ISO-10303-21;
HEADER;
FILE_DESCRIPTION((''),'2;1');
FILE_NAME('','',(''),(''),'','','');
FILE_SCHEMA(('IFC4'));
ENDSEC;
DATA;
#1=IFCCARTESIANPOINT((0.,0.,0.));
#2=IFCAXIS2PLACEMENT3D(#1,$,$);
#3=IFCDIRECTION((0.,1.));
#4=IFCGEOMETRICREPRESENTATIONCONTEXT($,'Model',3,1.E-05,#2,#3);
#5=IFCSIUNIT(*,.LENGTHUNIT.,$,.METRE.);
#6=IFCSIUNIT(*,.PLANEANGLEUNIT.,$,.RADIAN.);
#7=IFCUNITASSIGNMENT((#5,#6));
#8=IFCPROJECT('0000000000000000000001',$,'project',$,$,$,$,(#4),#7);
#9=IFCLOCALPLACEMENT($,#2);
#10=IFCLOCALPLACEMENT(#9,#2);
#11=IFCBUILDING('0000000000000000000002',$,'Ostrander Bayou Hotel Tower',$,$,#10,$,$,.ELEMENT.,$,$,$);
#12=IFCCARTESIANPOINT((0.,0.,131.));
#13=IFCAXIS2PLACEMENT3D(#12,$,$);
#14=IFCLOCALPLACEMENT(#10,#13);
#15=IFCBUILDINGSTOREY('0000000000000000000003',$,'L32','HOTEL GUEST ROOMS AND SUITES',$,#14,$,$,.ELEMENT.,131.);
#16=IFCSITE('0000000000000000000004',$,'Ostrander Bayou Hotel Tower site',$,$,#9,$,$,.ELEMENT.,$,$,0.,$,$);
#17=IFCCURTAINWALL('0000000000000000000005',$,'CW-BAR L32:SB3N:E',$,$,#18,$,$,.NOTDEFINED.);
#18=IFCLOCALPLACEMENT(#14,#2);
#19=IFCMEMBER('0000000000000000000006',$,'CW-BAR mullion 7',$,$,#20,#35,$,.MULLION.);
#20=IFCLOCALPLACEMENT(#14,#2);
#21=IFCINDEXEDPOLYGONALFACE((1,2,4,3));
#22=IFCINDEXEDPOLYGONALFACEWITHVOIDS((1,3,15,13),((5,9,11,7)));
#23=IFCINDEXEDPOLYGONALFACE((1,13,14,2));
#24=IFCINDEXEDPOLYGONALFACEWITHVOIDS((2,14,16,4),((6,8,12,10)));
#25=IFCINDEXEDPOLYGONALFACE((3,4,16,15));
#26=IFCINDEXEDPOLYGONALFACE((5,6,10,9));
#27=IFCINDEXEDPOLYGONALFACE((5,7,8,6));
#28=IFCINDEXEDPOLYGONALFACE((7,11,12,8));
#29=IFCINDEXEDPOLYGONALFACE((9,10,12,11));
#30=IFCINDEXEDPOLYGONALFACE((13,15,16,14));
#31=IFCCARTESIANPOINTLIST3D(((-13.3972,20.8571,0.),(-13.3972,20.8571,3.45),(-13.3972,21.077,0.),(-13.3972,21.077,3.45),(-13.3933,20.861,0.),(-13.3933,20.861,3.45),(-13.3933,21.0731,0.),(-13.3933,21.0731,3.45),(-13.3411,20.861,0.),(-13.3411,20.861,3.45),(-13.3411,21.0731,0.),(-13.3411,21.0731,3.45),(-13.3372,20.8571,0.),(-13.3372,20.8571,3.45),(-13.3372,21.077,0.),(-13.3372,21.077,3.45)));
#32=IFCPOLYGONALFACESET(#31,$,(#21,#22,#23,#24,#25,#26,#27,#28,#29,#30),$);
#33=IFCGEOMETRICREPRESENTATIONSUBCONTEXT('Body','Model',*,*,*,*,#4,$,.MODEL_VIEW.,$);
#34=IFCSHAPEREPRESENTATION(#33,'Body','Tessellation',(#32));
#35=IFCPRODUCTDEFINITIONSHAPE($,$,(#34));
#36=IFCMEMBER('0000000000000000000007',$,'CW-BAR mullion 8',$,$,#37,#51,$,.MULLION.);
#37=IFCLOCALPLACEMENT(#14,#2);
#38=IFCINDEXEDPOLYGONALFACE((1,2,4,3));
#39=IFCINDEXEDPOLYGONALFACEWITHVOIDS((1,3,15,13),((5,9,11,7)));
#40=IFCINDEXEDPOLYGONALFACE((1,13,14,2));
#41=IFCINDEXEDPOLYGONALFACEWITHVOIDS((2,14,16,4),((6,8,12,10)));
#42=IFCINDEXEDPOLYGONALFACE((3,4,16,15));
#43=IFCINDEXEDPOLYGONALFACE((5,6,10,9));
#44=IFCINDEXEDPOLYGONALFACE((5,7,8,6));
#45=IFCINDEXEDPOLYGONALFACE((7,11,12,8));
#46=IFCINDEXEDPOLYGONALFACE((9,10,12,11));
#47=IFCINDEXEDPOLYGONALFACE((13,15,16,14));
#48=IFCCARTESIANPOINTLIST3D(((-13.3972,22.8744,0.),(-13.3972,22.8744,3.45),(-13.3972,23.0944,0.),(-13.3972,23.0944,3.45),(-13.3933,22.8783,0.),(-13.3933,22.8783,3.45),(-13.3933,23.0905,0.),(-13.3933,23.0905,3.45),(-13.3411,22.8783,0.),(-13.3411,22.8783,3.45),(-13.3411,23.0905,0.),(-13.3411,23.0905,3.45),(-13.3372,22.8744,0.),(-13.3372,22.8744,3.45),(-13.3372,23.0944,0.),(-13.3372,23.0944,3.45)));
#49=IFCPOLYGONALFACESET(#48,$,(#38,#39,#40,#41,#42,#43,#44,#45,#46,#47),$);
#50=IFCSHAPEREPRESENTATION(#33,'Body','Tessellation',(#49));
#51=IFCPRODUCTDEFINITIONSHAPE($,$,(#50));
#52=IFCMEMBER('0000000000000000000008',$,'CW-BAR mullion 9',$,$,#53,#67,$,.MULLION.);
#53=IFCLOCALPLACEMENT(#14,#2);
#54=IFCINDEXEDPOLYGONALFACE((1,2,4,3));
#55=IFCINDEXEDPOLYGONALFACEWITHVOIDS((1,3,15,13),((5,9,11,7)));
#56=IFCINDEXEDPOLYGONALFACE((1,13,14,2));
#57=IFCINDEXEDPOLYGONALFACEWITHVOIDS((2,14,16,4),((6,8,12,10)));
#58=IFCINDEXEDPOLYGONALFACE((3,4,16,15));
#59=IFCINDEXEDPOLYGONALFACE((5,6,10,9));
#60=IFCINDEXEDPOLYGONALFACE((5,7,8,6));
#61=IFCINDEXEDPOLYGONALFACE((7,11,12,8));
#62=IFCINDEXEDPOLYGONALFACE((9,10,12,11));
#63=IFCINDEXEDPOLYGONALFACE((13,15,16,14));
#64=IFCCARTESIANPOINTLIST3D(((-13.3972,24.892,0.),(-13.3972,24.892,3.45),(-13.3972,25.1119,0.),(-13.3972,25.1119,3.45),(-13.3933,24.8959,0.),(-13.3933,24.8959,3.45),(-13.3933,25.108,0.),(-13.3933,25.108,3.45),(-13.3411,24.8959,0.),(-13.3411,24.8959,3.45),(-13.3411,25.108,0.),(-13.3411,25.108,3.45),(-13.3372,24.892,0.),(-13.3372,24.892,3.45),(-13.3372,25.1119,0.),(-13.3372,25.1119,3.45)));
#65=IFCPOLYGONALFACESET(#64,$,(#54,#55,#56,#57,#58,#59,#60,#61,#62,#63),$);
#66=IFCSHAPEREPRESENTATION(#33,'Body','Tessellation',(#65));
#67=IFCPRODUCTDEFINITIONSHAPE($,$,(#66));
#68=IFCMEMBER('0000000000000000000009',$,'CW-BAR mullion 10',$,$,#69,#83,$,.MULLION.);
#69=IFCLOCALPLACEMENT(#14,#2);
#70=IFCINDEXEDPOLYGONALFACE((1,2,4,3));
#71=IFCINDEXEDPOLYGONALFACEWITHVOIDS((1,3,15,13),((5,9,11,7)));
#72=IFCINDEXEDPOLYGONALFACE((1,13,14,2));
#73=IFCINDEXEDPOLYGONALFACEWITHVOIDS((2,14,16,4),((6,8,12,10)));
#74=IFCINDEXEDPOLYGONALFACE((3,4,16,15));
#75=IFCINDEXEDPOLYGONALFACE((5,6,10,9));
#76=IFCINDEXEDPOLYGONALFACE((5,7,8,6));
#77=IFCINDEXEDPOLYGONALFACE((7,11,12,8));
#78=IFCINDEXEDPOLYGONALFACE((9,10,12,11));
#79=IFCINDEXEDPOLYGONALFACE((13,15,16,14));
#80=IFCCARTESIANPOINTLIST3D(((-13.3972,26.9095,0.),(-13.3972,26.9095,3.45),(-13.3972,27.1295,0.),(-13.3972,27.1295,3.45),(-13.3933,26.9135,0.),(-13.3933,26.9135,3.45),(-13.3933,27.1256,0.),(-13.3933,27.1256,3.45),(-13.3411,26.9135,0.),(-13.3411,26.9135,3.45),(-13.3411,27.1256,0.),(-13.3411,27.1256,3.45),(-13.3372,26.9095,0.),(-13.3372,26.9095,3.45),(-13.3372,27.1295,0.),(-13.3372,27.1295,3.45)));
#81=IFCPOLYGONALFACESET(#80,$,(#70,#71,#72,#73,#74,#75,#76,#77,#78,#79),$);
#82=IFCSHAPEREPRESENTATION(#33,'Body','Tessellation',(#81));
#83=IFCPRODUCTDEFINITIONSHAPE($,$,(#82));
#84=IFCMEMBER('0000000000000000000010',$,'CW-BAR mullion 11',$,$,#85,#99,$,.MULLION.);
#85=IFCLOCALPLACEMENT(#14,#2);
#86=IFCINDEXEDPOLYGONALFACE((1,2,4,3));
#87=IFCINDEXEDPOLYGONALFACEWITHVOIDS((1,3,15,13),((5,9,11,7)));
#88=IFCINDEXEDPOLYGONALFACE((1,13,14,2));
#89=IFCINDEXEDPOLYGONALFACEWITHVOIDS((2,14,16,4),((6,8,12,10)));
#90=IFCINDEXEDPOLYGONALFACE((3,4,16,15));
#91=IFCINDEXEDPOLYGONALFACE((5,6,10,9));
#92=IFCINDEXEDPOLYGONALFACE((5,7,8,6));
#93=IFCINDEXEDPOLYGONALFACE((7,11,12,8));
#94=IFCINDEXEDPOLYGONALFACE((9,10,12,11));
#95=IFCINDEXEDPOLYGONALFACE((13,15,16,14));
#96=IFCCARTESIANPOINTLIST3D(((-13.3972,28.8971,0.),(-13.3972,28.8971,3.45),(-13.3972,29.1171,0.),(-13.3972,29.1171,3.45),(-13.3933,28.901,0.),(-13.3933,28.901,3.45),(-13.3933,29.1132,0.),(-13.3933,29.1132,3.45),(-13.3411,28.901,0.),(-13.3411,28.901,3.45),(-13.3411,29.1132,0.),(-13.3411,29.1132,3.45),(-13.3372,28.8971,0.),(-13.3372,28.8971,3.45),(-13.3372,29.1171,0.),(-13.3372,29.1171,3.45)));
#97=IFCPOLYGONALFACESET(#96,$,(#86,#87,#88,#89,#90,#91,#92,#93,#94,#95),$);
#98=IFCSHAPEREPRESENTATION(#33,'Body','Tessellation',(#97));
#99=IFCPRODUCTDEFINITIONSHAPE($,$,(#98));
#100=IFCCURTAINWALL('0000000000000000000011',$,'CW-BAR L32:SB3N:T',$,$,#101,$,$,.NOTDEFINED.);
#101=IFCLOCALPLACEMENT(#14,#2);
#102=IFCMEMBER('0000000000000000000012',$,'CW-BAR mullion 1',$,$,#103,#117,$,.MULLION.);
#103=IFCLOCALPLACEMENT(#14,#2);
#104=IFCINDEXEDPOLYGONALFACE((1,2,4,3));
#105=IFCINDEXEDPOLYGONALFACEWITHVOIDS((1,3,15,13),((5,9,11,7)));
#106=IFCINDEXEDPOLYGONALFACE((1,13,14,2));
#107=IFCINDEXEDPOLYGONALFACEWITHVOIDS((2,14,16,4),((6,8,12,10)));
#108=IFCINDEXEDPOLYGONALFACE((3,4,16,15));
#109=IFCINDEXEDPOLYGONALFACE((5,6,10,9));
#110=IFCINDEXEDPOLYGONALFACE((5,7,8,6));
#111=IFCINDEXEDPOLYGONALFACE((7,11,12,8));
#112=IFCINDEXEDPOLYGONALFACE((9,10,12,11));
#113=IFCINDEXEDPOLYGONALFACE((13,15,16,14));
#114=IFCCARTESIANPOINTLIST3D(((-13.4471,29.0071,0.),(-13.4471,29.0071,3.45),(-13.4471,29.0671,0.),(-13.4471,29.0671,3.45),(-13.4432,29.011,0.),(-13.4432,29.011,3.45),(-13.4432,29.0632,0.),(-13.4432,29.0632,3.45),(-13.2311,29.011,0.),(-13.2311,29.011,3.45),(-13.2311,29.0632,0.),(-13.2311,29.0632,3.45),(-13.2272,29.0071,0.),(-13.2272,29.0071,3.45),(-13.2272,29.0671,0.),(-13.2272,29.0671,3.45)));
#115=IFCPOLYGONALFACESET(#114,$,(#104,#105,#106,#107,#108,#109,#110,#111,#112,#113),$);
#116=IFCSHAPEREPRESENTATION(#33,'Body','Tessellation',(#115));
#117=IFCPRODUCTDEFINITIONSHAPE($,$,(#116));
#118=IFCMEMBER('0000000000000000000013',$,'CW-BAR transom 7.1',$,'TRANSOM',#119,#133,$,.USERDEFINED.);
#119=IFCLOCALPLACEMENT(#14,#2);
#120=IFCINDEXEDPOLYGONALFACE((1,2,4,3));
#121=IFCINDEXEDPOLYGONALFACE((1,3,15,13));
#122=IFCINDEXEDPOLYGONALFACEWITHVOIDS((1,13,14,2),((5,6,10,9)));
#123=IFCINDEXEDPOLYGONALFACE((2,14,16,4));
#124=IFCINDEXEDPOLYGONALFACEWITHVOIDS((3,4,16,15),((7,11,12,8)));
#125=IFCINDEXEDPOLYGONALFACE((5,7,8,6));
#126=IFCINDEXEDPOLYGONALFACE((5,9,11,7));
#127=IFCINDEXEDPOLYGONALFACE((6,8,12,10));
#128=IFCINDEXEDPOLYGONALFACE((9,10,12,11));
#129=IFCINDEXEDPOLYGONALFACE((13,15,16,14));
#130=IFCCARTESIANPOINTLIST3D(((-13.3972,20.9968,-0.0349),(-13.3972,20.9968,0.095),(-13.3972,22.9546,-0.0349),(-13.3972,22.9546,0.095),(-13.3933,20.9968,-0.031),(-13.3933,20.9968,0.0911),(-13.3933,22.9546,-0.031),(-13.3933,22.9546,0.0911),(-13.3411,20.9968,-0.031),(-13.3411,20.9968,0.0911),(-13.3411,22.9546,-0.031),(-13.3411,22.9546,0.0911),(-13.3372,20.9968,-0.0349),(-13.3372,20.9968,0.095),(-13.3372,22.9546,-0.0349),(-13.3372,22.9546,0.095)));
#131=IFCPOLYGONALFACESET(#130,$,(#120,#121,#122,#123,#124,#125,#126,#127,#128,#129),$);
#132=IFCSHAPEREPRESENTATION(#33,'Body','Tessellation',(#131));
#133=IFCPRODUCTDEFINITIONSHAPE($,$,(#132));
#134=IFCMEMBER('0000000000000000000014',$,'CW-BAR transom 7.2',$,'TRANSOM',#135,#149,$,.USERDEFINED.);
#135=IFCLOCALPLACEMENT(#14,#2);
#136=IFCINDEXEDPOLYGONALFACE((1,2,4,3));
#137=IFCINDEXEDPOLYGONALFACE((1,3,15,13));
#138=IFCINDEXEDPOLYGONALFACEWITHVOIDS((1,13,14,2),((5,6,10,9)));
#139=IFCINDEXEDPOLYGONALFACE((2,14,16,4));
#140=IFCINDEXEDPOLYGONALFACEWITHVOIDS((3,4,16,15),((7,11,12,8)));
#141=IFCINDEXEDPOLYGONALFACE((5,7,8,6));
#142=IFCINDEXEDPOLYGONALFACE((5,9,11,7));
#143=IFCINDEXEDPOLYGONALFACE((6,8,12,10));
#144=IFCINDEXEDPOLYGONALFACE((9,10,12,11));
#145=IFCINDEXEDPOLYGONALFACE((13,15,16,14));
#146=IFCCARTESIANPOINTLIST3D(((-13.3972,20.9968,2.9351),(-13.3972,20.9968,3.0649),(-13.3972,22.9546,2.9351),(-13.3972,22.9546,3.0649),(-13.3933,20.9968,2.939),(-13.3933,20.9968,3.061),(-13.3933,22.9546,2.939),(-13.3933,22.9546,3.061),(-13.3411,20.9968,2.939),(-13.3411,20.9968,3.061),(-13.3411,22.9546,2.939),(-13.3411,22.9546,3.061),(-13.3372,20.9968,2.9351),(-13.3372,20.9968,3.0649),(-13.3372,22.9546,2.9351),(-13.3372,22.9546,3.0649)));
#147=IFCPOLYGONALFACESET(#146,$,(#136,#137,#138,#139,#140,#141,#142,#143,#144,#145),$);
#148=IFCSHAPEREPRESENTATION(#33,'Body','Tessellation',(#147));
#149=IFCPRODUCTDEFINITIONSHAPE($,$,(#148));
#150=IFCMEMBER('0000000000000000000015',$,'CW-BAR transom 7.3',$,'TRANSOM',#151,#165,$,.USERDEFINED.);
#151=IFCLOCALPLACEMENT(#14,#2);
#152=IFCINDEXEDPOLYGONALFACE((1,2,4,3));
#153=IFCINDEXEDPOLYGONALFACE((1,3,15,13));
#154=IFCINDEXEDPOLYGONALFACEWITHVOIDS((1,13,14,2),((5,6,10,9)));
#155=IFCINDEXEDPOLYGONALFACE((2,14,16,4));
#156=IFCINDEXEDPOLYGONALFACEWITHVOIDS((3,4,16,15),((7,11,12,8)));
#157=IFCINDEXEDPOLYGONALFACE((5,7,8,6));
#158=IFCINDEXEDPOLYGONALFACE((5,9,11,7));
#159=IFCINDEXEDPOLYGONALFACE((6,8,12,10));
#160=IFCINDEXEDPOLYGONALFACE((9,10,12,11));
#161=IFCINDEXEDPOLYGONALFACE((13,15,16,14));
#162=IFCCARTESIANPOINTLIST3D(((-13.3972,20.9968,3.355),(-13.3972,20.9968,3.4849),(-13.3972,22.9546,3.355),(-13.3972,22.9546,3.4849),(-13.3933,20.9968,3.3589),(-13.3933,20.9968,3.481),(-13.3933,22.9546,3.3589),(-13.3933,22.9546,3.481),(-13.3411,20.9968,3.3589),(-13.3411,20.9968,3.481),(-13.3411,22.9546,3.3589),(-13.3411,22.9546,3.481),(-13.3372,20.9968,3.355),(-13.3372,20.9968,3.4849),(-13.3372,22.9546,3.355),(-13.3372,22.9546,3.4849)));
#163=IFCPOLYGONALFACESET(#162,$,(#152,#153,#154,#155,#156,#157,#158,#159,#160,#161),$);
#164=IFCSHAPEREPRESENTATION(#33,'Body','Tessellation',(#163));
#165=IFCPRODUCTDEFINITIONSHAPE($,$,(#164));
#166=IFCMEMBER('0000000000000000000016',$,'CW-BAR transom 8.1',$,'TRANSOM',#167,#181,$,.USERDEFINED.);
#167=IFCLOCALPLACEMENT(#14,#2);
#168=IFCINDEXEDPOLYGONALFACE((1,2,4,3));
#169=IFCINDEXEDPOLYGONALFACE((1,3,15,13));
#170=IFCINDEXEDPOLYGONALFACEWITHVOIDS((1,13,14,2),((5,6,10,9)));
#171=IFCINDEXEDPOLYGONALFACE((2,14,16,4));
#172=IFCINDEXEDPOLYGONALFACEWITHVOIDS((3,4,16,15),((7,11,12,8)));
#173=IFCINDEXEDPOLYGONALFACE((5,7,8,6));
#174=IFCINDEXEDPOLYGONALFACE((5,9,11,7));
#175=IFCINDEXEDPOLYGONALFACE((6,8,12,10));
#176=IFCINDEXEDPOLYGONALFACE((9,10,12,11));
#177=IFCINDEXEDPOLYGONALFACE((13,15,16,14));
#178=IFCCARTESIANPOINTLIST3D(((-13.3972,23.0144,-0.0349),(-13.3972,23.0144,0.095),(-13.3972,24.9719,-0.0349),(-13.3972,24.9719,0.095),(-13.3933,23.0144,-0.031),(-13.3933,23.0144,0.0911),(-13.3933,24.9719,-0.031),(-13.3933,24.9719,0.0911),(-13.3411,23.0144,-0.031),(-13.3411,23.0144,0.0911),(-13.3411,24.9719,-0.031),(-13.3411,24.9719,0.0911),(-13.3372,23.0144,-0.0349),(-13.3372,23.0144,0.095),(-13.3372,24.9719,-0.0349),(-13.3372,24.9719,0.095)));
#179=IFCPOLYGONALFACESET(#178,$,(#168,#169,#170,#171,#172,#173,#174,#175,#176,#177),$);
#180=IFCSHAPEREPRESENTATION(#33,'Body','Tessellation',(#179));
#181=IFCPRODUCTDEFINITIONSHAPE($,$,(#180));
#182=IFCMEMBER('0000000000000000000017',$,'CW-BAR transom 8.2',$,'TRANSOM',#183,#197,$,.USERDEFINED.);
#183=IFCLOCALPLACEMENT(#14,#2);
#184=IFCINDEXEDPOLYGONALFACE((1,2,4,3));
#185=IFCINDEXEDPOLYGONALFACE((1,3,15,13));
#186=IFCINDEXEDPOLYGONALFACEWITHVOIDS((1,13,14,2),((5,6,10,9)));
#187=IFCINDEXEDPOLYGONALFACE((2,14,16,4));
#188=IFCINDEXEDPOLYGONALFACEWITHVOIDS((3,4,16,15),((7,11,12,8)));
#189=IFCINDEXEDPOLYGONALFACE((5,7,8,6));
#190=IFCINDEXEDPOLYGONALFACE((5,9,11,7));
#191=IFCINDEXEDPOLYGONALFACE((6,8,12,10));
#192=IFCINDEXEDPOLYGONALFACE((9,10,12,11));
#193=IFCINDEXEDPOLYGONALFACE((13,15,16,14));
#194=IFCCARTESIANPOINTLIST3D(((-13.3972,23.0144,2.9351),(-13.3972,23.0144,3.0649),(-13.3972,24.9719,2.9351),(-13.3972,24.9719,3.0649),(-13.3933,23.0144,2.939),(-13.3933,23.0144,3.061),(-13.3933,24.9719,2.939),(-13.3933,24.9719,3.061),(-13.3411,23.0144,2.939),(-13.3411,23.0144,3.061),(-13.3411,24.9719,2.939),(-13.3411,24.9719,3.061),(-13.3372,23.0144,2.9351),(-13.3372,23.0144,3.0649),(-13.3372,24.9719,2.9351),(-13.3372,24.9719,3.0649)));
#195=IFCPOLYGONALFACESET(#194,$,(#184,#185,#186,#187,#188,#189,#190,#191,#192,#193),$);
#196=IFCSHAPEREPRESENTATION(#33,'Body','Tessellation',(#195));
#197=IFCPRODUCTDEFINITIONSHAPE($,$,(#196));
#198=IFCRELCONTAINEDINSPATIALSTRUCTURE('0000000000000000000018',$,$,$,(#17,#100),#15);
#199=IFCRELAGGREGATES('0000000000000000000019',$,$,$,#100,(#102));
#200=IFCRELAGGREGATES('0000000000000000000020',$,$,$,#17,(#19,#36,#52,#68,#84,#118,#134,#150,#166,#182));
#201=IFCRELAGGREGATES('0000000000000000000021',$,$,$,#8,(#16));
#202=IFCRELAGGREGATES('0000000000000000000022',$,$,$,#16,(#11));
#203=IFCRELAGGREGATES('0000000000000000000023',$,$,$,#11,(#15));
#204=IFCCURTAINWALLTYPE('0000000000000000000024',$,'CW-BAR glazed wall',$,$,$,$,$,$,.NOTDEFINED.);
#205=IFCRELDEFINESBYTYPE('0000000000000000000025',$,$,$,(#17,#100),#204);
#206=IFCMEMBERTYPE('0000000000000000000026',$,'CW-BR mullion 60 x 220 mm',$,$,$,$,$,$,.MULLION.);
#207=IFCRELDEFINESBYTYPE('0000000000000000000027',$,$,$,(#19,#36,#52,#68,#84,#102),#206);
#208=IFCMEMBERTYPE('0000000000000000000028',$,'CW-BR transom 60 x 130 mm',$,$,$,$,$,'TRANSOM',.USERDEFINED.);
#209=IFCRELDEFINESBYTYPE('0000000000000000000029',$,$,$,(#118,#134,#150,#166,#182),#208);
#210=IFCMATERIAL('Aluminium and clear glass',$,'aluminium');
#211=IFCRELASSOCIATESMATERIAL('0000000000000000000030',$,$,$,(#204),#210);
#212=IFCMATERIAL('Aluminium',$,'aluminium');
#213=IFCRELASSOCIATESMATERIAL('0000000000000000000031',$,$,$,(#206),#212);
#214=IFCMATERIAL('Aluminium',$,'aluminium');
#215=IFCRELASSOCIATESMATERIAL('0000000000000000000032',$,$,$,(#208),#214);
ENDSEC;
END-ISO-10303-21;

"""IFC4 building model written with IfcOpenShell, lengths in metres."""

from ifc_helpers import new_model, si_unit, direction, frame, origin, origin_2d, place, context, subcontext, project, spatial, hollow_rectangle, extrude, material, material_profile, profile_set, type_object, element, aggregate, save


model = new_model("IFC4")

# Units and contexts
model_context = context("Model", 3, precision=1e-05, world=origin(), true_north=direction((0.0, 1.0)))
body_context = subcontext(model_context, "Body", "Model", "MODEL_VIEW")
ifc_project = project(units=[si_unit("LENGTHUNIT", "METRE"), si_unit("PLANEANGLEUNIT", "RADIAN")], contexts=[model_context])

# Site, building, storey
site_placement = place(None, origin())
site = spatial("IfcSite", under=ifc_project, at=site_placement, Name="Ostrander Bayou Hotel Tower site", CompositionType="ELEMENT", RefElevation=0.0)
building_placement = place(site_placement, origin())
building = spatial("IfcBuilding", under=site, at=building_placement, Name="Ostrander Bayou Hotel Tower", CompositionType="ELEMENT")
storey_placement = place(building_placement, frame((0.0, 0.0, 131.0)))
storey = spatial("IfcBuildingStorey", under=building, at=storey_placement, Name="L32", Description="HOTEL GUEST ROOMS AND SUITES", CompositionType="ELEMENT", Elevation=131.0)

# Curtain wall, members
ifc_material_1 = material(Name="Aluminium and clear glass", Category="aluminium")
curtain_wall_type = type_object("IfcCurtainWallType", Name="CW-BAR glazed wall", PredefinedType="NOTDEFINED", material=ifc_material_1)
curtain_wall_1_placement = place(storey_placement, origin())
curtain_wall_1 = element("IfcCurtainWall", 1, at=curtain_wall_1_placement, inside=storey, type_object=curtain_wall_type, Name="CW-BAR L32:SB3N:E", PredefinedType="NOTDEFINED")
ifc_material_2 = material(Name="Aluminium", Category="aluminium")
ifc_material_profile_1 = material_profile(ifc_material_2, hollow_rectangle(XDim=0.0601, YDim=0.22, WallThickness=0.0039, at=origin_2d()))
ifc_profile_set_1 = profile_set([ifc_material_profile_1], Name="Aluminium")
member_type_1 = type_object("IfcMemberType", Name="CW-BR mullion 60 x 220 mm", PredefinedType="MULLION", material=ifc_profile_set_1)
member_1_placement = place(storey_placement, frame((-13.3672, 20.967, 0.0), z_axis=(0.0, 0.0, 1.0), x_axis=(-1.0, 0.0, 0.0)))
member_1 = element("IfcMember", 2, at=member_1_placement, type_object=member_type_1, Name="CW-BAR mullion 7", PredefinedType="MULLION", context=body_context, shape_type="SweptSolid", body=[
    extrude(hollow_rectangle(XDim=0.0601, YDim=0.22, WallThickness=0.0039, at=origin_2d()), origin(), (0.0, 0.0, 1.0), 3.45),
])
member_2_placement = place(storey_placement, frame((-13.3672, 22.9844, 0.0), z_axis=(0.0, 0.0, 1.0), x_axis=(-1.0, 0.0, 0.0)))
member_2 = element("IfcMember", 3, at=member_2_placement, type_object=member_type_1, Name="CW-BAR mullion 8", PredefinedType="MULLION", context=body_context, shape_type="SweptSolid", body=[
    extrude(hollow_rectangle(XDim=0.0601, YDim=0.22, WallThickness=0.0039, at=origin_2d()), origin(), (0.0, 0.0, 1.0), 3.45),
])
member_3_placement = place(storey_placement, frame((-13.3672, 25.002, 0.0), z_axis=(0.0, 0.0, 1.0), x_axis=(-1.0, 0.0, 0.0)))
member_3 = element("IfcMember", 4, at=member_3_placement, type_object=member_type_1, Name="CW-BAR mullion 9", PredefinedType="MULLION", context=body_context, shape_type="SweptSolid", body=[
    extrude(hollow_rectangle(XDim=0.0601, YDim=0.22, WallThickness=0.0039, at=origin_2d()), origin(), (0.0, 0.0, 1.0), 3.45),
])
member_4_placement = place(storey_placement, frame((-13.3672, 27.0195, 0.0), z_axis=(0.0, 0.0, 1.0), x_axis=(-1.0, 0.0, 0.0)))
member_4 = element("IfcMember", 5, at=member_4_placement, type_object=member_type_1, Name="CW-BAR mullion 10", PredefinedType="MULLION", context=body_context, shape_type="SweptSolid", body=[
    extrude(hollow_rectangle(XDim=0.0601, YDim=0.22, WallThickness=0.0039, at=origin_2d()), origin(), (0.0, 0.0, 1.0), 3.45),
])
member_5_placement = place(storey_placement, frame((-13.3672, 29.0071, 0.0), z_axis=(0.0, 0.0, 1.0), x_axis=(-1.0, 0.0, 0.0)))
member_5 = element("IfcMember", 6, at=member_5_placement, type_object=member_type_1, Name="CW-BAR mullion 11", PredefinedType="MULLION", context=body_context, shape_type="SweptSolid", body=[
    extrude(hollow_rectangle(XDim=0.0601, YDim=0.22, WallThickness=0.0039, at=origin_2d()), origin(), (0.0, 0.0, 1.0), 3.45),
])

# Curtain wall, member
curtain_wall_2_placement = place(storey_placement, origin())
curtain_wall_2 = element("IfcCurtainWall", 7, at=curtain_wall_2_placement, inside=storey, type_object=curtain_wall_type, Name="CW-BAR L32:SB3N:T", PredefinedType="NOTDEFINED")
member_6_placement = place(storey_placement, frame((-13.3372, 29.0371, 0.0), z_axis=(0.0, 0.0, 1.0), x_axis=(0.0, 1.0, 0.0)))
member_6 = element("IfcMember", 8, at=member_6_placement, type_object=member_type_1, Name="CW-BAR mullion 1", PredefinedType="MULLION", context=body_context, shape_type="SweptSolid", body=[
    extrude(hollow_rectangle(XDim=0.0601, YDim=0.22, WallThickness=0.0039, at=origin_2d()), origin(), (0.0, 0.0, 1.0), 3.45),
])

# Members
ifc_material_3 = material(Name="Aluminium", Category="aluminium")
ifc_material_profile_2 = material_profile(ifc_material_3, hollow_rectangle(XDim=0.0601, YDim=0.1299, WallThickness=0.0039, at=origin_2d()))
ifc_profile_set_2 = profile_set([ifc_material_profile_2], Name="Aluminium")
member_type_2 = type_object("IfcMemberType", Name="CW-BR transom 60 x 130 mm", ElementType="TRANSOM", PredefinedType="USERDEFINED", material=ifc_profile_set_2)
member_7_placement = place(storey_placement, frame((-13.3672, 20.9968, 0.03), z_axis=(0.0, 1.0, 0.0), x_axis=(-1.0, 0.0, 0.0)))
member_7 = element("IfcMember", 9, at=member_7_placement, type_object=member_type_2, Name="CW-BAR transom 7.1", ObjectType="TRANSOM", PredefinedType="USERDEFINED", context=body_context, shape_type="SweptSolid", body=[
    extrude(hollow_rectangle(XDim=0.0601, YDim=0.1299, WallThickness=0.0039, at=origin_2d()), origin(), (0.0, 0.0, 1.0), 1.9578),
])
member_8_placement = place(storey_placement, frame((-13.3672, 20.9968, 3.0), z_axis=(0.0, 1.0, 0.0), x_axis=(-1.0, 0.0, 0.0)))
member_8 = element("IfcMember", 10, at=member_8_placement, type_object=member_type_2, Name="CW-BAR transom 7.2", ObjectType="TRANSOM", PredefinedType="USERDEFINED", context=body_context, shape_type="SweptSolid", body=[
    extrude(hollow_rectangle(XDim=0.0601, YDim=0.1299, WallThickness=0.0039, at=origin_2d()), origin(), (0.0, 0.0, 1.0), 1.9578),
])
member_9_placement = place(storey_placement, frame((-13.3672, 20.9968, 3.4199), z_axis=(0.0, 1.0, 0.0), x_axis=(-1.0, 0.0, 0.0)))
member_9 = element("IfcMember", 11, at=member_9_placement, type_object=member_type_2, Name="CW-BAR transom 7.3", ObjectType="TRANSOM", PredefinedType="USERDEFINED", context=body_context, shape_type="SweptSolid", body=[
    extrude(hollow_rectangle(XDim=0.0601, YDim=0.1299, WallThickness=0.0039, at=origin_2d()), origin(), (0.0, 0.0, 1.0), 1.9578),
])
member_10_placement = place(storey_placement, frame((-13.3672, 23.0144, 0.03), z_axis=(0.0, 1.0, 0.0), x_axis=(-1.0, 0.0, 0.0)))
member_10 = element("IfcMember", 12, at=member_10_placement, type_object=member_type_2, Name="CW-BAR transom 8.1", ObjectType="TRANSOM", PredefinedType="USERDEFINED", context=body_context, shape_type="SweptSolid", body=[
    extrude(hollow_rectangle(XDim=0.0601, YDim=0.1299, WallThickness=0.0039, at=origin_2d()), origin(), (0.0, 0.0, 1.0), 1.9575),
])
member_11_placement = place(storey_placement, frame((-13.3672, 23.0144, 3.0), z_axis=(0.0, 1.0, 0.0), x_axis=(-1.0, 0.0, 0.0)))
member_11 = element("IfcMember", 13, at=member_11_placement, type_object=member_type_2, Name="CW-BAR transom 8.2", ObjectType="TRANSOM", PredefinedType="USERDEFINED", context=body_context, shape_type="SweptSolid", body=[
    extrude(hollow_rectangle(XDim=0.0601, YDim=0.1299, WallThickness=0.0039, at=origin_2d()), origin(), (0.0, 0.0, 1.0), 1.9575),
])
aggregate(curtain_wall_2, [member_6])

aggregate(curtain_wall_1, [member_1, member_2, member_3, member_4, member_5, member_7, member_8, member_9, member_10, member_11])

save(model, "model.ifc")
